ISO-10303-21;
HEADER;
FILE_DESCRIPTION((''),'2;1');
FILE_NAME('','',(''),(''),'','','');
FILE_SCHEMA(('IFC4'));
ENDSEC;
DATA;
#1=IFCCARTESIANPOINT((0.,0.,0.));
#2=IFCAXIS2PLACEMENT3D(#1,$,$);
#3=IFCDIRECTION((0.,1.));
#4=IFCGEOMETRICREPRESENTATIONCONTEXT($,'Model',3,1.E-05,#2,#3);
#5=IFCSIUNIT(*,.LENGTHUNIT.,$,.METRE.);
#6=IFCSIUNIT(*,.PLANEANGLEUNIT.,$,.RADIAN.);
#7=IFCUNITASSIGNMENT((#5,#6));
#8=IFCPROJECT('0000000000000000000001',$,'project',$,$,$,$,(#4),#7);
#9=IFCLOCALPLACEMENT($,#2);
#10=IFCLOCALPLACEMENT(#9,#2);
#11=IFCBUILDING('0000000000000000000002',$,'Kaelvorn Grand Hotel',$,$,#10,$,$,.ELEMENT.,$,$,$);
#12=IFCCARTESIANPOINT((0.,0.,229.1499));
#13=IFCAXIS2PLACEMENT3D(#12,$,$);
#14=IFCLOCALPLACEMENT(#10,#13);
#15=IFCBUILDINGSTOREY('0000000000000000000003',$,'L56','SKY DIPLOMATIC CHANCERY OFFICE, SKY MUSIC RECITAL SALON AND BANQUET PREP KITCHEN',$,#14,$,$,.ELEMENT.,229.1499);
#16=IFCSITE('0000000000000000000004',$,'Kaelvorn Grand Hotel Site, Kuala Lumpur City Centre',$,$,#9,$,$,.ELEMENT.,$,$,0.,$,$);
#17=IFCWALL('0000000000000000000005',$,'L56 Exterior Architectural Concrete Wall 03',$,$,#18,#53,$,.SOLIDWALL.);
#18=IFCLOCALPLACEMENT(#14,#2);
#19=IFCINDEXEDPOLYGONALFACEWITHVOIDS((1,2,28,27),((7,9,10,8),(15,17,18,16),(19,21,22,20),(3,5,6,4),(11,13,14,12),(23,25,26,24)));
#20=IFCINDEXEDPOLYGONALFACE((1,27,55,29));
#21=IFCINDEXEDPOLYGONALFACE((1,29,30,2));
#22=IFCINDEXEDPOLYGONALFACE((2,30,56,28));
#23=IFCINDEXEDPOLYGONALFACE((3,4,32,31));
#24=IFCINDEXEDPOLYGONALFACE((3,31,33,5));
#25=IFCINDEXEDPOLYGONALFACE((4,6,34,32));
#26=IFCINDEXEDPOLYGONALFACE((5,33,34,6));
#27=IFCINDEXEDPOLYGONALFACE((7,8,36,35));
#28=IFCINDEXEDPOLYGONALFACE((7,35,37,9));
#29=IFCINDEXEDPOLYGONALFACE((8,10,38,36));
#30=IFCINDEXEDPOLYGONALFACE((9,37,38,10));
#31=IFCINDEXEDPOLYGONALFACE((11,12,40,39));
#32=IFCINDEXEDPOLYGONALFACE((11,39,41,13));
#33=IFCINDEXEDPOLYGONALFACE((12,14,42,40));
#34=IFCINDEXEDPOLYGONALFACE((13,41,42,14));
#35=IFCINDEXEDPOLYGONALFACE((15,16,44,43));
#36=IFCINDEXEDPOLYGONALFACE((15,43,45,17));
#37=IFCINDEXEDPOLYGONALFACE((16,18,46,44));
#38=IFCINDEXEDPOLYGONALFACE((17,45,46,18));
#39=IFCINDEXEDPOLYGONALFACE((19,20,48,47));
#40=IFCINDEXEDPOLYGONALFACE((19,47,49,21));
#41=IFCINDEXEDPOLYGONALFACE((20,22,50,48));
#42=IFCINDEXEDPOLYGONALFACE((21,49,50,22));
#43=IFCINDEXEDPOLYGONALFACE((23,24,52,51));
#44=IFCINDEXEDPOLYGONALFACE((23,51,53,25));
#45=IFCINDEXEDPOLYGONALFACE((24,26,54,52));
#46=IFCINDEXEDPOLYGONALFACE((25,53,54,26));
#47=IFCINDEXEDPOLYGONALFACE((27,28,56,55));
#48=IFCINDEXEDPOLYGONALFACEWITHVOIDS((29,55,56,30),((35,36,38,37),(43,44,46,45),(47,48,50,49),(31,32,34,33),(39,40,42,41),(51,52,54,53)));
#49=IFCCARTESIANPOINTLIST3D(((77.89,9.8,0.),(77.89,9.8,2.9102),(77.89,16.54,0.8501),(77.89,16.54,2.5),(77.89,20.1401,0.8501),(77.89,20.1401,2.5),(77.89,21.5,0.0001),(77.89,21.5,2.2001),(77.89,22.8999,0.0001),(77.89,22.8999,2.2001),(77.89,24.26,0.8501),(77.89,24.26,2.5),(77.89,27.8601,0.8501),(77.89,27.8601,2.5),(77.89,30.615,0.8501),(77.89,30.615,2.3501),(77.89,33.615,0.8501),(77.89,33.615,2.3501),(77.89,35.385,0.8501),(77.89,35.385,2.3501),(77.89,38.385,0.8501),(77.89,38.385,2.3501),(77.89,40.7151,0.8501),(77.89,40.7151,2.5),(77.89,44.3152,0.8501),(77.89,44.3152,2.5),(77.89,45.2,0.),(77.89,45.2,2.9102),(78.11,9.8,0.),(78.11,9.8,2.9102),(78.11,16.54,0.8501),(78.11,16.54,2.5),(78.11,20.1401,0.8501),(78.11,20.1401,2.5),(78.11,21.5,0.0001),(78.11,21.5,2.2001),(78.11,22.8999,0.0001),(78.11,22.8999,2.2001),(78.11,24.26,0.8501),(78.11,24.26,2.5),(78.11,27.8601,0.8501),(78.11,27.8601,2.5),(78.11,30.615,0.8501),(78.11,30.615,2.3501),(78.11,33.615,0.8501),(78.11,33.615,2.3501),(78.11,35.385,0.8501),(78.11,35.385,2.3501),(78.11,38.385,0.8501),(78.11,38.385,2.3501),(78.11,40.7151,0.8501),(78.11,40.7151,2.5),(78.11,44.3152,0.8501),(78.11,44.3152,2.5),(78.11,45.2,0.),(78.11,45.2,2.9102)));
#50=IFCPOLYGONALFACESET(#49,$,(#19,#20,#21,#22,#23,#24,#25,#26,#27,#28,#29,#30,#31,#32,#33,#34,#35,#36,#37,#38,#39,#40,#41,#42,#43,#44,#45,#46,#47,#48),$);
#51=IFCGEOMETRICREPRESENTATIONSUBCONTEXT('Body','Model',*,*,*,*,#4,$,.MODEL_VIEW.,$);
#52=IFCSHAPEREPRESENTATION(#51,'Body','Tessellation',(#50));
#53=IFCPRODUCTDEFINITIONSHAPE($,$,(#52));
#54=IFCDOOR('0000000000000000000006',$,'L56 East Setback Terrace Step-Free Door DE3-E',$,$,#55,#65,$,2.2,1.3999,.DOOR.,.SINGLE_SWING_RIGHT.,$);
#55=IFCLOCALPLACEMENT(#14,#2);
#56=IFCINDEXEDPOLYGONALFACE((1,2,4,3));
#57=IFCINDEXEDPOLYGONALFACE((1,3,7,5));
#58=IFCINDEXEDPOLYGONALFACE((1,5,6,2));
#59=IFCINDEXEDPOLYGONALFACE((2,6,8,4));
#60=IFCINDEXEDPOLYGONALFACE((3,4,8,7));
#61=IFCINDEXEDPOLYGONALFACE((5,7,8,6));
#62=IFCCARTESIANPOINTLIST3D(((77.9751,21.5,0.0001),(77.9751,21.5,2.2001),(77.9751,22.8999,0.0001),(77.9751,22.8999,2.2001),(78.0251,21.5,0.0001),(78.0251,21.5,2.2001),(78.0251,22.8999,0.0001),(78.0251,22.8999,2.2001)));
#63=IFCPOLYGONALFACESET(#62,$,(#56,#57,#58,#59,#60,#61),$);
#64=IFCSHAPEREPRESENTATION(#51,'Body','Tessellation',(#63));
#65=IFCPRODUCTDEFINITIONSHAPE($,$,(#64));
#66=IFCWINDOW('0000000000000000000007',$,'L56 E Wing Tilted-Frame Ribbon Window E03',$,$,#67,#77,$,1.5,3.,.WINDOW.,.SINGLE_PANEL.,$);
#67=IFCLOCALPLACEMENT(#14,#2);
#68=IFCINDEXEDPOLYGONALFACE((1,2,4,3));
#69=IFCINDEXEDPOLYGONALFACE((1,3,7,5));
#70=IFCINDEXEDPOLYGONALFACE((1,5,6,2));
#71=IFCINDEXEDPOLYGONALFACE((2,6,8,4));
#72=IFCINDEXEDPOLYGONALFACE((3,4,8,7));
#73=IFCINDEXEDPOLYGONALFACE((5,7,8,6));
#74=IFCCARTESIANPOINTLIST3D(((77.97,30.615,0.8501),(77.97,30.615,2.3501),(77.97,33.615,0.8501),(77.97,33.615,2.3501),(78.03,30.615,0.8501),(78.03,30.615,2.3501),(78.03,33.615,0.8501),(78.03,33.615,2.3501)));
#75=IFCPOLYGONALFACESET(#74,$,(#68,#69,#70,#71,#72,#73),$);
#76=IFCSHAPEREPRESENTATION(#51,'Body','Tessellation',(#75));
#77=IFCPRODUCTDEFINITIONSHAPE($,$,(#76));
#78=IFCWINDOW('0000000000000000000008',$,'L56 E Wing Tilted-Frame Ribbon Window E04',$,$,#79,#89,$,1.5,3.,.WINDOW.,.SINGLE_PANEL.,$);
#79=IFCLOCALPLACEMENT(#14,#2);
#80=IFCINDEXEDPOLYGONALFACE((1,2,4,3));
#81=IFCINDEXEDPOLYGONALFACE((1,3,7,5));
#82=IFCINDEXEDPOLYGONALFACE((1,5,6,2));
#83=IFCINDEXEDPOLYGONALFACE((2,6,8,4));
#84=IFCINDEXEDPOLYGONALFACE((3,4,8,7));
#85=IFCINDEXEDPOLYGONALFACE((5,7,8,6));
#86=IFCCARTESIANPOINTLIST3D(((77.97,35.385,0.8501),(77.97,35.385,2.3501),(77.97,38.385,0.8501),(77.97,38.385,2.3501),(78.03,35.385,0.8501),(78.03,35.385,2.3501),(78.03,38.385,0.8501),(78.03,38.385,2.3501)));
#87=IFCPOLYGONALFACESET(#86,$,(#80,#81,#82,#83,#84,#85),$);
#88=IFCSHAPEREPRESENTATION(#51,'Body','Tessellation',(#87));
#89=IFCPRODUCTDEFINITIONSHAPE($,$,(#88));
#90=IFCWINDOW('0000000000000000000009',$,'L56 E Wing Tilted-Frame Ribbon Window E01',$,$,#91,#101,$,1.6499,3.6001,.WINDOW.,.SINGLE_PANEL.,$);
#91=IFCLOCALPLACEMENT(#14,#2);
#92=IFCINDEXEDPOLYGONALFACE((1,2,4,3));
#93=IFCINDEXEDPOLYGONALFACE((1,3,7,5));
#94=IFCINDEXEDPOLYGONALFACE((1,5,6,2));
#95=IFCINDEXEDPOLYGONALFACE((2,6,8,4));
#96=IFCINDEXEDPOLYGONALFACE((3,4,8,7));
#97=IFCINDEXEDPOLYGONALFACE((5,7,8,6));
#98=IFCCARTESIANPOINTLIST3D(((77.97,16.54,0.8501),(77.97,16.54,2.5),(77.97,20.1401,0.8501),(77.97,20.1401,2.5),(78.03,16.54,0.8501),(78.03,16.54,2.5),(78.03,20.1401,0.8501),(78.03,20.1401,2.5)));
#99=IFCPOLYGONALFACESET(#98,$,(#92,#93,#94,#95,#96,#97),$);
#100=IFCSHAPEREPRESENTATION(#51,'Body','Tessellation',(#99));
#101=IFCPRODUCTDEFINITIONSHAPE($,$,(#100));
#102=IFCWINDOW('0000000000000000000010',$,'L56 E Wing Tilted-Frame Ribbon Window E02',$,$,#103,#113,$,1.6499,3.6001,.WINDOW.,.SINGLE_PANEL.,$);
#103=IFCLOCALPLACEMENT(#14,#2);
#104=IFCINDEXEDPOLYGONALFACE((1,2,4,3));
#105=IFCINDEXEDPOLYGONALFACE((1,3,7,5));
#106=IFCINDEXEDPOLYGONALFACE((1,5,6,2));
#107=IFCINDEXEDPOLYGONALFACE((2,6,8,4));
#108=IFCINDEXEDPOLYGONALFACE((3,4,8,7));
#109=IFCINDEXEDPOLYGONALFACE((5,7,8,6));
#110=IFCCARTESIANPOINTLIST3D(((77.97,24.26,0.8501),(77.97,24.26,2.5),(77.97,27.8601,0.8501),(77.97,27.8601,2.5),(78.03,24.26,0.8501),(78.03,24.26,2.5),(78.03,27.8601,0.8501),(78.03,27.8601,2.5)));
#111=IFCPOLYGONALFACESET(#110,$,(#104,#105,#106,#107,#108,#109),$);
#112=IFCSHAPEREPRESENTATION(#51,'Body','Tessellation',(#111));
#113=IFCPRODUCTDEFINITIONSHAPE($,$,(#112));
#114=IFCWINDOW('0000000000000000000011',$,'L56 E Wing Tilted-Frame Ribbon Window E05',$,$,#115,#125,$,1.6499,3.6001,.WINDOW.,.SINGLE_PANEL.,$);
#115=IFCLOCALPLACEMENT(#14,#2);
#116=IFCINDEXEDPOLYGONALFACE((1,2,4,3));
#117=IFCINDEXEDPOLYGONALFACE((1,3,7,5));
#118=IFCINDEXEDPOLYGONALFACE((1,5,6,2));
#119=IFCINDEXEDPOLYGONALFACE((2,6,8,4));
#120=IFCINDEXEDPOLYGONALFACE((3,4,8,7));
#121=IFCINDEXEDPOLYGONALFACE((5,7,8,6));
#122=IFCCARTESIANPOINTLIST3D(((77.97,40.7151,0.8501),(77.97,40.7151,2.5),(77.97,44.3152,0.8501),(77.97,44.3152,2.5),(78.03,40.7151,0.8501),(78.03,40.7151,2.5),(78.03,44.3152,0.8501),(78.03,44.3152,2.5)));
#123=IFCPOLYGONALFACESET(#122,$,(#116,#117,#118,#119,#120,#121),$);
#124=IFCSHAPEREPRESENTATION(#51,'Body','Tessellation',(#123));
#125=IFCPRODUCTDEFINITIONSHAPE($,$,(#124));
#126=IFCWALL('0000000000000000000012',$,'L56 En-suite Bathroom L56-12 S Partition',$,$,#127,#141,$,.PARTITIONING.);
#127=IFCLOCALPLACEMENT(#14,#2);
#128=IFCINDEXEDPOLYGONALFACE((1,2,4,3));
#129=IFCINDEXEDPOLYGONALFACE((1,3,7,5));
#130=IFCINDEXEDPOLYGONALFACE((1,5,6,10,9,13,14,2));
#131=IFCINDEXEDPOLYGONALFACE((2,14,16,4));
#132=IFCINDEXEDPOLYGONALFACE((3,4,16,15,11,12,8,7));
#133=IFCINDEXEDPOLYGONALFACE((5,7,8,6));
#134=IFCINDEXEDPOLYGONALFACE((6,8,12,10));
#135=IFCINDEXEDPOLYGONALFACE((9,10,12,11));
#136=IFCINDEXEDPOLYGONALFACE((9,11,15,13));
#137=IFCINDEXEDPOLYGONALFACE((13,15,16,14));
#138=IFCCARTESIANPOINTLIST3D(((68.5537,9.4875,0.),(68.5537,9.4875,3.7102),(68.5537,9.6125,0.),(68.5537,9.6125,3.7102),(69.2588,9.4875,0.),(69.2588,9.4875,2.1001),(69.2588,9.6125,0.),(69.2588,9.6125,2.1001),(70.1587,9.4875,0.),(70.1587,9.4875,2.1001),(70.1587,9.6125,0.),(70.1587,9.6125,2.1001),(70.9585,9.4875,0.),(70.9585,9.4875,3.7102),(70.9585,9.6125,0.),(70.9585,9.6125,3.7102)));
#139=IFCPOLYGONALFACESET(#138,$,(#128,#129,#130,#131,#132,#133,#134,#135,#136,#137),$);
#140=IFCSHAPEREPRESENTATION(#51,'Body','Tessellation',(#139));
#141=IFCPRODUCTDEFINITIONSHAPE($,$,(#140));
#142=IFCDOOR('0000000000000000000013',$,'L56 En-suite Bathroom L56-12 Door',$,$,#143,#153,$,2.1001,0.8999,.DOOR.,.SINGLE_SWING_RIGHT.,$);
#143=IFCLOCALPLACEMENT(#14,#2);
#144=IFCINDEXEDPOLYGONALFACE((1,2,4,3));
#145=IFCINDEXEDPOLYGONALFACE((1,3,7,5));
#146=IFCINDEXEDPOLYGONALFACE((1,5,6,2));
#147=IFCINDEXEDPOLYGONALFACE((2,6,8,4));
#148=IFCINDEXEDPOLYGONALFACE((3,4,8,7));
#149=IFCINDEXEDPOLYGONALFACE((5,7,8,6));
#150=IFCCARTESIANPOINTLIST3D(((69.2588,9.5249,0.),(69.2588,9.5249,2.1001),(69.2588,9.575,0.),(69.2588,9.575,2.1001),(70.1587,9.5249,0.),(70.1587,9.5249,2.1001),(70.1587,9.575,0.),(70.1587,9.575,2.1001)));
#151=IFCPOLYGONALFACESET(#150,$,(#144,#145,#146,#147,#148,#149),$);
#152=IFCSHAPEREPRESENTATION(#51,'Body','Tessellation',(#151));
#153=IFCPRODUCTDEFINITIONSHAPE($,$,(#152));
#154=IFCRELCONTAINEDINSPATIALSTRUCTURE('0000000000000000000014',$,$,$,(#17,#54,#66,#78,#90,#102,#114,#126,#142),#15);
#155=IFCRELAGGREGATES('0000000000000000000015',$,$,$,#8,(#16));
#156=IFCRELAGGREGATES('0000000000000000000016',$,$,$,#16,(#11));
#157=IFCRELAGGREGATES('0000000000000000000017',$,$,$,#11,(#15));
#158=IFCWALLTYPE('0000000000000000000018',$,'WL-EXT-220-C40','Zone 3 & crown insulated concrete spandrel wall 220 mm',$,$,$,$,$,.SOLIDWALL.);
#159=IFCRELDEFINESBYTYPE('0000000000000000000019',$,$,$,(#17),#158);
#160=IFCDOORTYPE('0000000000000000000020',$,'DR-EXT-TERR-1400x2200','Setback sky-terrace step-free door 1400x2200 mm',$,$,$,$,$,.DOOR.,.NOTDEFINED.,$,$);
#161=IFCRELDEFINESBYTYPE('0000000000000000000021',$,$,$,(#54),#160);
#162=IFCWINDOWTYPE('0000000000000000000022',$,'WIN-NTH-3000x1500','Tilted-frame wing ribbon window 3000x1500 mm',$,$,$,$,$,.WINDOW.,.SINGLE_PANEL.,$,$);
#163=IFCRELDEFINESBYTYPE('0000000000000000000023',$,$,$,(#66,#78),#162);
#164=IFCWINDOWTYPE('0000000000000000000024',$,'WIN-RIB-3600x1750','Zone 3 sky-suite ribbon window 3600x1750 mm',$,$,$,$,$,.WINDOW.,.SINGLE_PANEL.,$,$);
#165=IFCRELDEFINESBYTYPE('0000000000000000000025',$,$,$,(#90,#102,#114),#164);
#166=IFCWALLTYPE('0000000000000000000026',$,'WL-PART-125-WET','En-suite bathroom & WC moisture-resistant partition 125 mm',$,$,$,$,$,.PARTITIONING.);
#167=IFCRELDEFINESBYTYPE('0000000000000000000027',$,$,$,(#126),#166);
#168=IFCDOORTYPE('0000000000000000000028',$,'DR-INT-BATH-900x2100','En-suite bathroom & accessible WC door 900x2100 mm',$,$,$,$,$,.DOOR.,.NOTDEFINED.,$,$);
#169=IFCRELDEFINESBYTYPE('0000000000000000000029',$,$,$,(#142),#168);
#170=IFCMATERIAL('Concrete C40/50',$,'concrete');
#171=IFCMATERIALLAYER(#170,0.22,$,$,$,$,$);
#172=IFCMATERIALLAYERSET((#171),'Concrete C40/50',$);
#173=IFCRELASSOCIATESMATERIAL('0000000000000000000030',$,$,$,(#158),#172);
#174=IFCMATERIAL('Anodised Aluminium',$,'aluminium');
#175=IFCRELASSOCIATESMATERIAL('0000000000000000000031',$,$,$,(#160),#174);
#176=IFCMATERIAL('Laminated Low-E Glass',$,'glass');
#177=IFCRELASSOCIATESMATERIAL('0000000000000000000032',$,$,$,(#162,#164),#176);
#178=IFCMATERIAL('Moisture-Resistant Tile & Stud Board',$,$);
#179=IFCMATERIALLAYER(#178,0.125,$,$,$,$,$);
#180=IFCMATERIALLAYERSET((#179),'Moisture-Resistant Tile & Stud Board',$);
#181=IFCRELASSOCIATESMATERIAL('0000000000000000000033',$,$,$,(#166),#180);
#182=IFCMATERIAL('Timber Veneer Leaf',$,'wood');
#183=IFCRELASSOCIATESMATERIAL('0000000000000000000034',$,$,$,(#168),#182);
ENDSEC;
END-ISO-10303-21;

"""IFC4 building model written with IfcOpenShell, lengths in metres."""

from ifc_helpers import new_model, si_unit, direction, frame, frame_2d, origin, place, context, subcontext, project, spatial, rectangle, extrude, material, layer, layer_set, type_object, element, fill, save


model = new_model("IFC4")

# Units and contexts
model_context = context("Model", 3, precision=1e-05, world=origin(), true_north=direction((0.0, 1.0)))
body_context = subcontext(model_context, "Body", "Model", "MODEL_VIEW")
ifc_project = project(units=[si_unit("LENGTHUNIT", "METRE"), si_unit("PLANEANGLEUNIT", "RADIAN")], contexts=[model_context])

# Site, building, storey
site_placement = place(None, origin())
site = spatial("IfcSite", under=ifc_project, at=site_placement, Name="Kaelvorn Grand Hotel Site, Kuala Lumpur City Centre", CompositionType="ELEMENT", RefElevation=0.0)
building_placement = place(site_placement, origin())
building = spatial("IfcBuilding", under=site, at=building_placement, Name="Kaelvorn Grand Hotel", CompositionType="ELEMENT")
storey_placement = place(building_placement, frame((0.0, 0.0, 229.1499)))
storey = spatial("IfcBuildingStorey", under=building, at=storey_placement, Name="L56", Description="SKY DIPLOMATIC CHANCERY OFFICE, SKY MUSIC RECITAL SALON AND BANQUET PREP KITCHEN", CompositionType="ELEMENT", Elevation=229.1499)

# Shared definitions
ifc_material_1 = material(Name="Concrete C40/50", Category="concrete")
ifc_layer_1 = layer(ifc_material_1, 0.22)
ifc_layer_set_1 = layer_set([ifc_layer_1], Name="Concrete C40/50")
wall_type_1 = type_object("IfcWallType", Name="WL-EXT-220-C40", Description="Zone 3 & crown insulated concrete spandrel wall 220 mm", PredefinedType="SOLIDWALL", material=ifc_layer_set_1)
ifc_material_2 = material(Name="Laminated Low-E Glass", Category="glass")

# Wall, openings, door, windows
wall_1_placement = place(storey_placement, frame((78.0, 9.8, 0.0), z_axis=(0.0, 0.0, 1.0), x_axis=(0.0, 1.0, 0.0)))
wall_1 = element("IfcWall", 1, at=wall_1_placement, inside=storey, type_object=wall_type_1, Name="L56 Exterior Architectural Concrete Wall 03", PredefinedType="SOLIDWALL", context=body_context, shape_type="SweptSolid", body=[
    extrude(rectangle(XDim=35.3999, YDim=0.22, at=frame_2d((17.7, 0.0))), origin(), (0.0, 0.0, 1.0), 2.9102),
])
opening_1_placement = place(wall_1_placement, frame((11.7, 0.0, 0.0)))
opening_1 = element("IfcOpeningElement", 2, at=opening_1_placement, cuts=wall_1, PredefinedType="OPENING", context=body_context, shape_type="SweptSolid", body=[
    extrude(rectangle(XDim=1.3999, YDim=2.2, at=frame_2d((0.7, 1.1001))), frame((0.0, 0.1201, 0.0), z_axis=(0.0, -1.0, 0.0), x_axis=(1.0, 0.0, 0.0)), (0.0, 0.0, 1.0), 0.24),
])
opening_2_placement = place(wall_1_placement, frame((6.74, 0.0, 0.8501)))
opening_2 = element("IfcOpeningElement", 3, at=opening_2_placement, cuts=wall_1, PredefinedType="OPENING", context=body_context, shape_type="SweptSolid", body=[
    extrude(rectangle(XDim=3.6001, YDim=1.6499, at=frame_2d((1.8, 0.825))), frame((0.0, 0.1201, 0.0), z_axis=(0.0, -1.0, 0.0), x_axis=(1.0, 0.0, 0.0)), (0.0, 0.0, 1.0), 0.24),
])
opening_3_placement = place(wall_1_placement, frame((14.46, 0.0, 0.8501)))
opening_3 = element("IfcOpeningElement", 4, at=opening_3_placement, cuts=wall_1, PredefinedType="OPENING", context=body_context, shape_type="SweptSolid", body=[
    extrude(rectangle(XDim=3.6001, YDim=1.6499, at=frame_2d((1.8, 0.825))), frame((0.0, 0.1201, 0.0), z_axis=(0.0, -1.0, 0.0), x_axis=(1.0, 0.0, 0.0)), (0.0, 0.0, 1.0), 0.24),
])
opening_4_placement = place(wall_1_placement, frame((20.8149, 0.0, 0.8501)))
opening_4 = element("IfcOpeningElement", 5, at=opening_4_placement, cuts=wall_1, PredefinedType="OPENING", context=body_context, shape_type="SweptSolid", body=[
    extrude(rectangle(XDim=3.0, YDim=1.5, at=frame_2d((1.5, 0.75))), frame((0.0, 0.1201, 0.0), z_axis=(0.0, -1.0, 0.0), x_axis=(1.0, 0.0, 0.0)), (0.0, 0.0, 1.0), 0.24),
])
opening_5_placement = place(wall_1_placement, frame((25.585, 0.0, 0.8501)))
opening_5 = element("IfcOpeningElement", 6, at=opening_5_placement, cuts=wall_1, PredefinedType="OPENING", context=body_context, shape_type="SweptSolid", body=[
    extrude(rectangle(XDim=3.0, YDim=1.5, at=frame_2d((1.5, 0.75))), frame((0.0, 0.1201, 0.0), z_axis=(0.0, -1.0, 0.0), x_axis=(1.0, 0.0, 0.0)), (0.0, 0.0, 1.0), 0.24),
])
opening_6_placement = place(wall_1_placement, frame((30.915, 0.0, 0.8501)))
opening_6 = element("IfcOpeningElement", 7, at=opening_6_placement, cuts=wall_1, PredefinedType="OPENING", context=body_context, shape_type="SweptSolid", body=[
    extrude(rectangle(XDim=3.6001, YDim=1.6499, at=frame_2d((1.8, 0.825))), frame((0.0, 0.1201, 0.0), z_axis=(0.0, -1.0, 0.0), x_axis=(1.0, 0.0, 0.0)), (0.0, 0.0, 1.0), 0.24),
])
ifc_material_3 = material(Name="Anodised Aluminium", Category="aluminium")
door_type_1 = type_object("IfcDoorType", Name="DR-EXT-TERR-1400x2200", Description="Setback sky-terrace step-free door 1400x2200 mm", OperationType="NOTDEFINED", PredefinedType="DOOR", material=ifc_material_3)
door_1_placement = place(opening_1_placement, origin())
door_1 = element("IfcDoor", 8, at=door_1_placement, inside=storey, type_object=door_type_1, Name="L56 East Setback Terrace Step-Free Door DE3-E", OperationType="SINGLE_SWING_RIGHT", OverallHeight=2.2, OverallWidth=1.3999, PredefinedType="DOOR", context=body_context, shape_type="SweptSolid", body=[
    extrude(rectangle(XDim=1.3999, YDim=2.2, at=frame_2d((0.7, 1.1001))), frame((0.0, 0.0249, 0.0), z_axis=(0.0, -1.0, 0.0), x_axis=(1.0, 0.0, 0.0)), (0.0, 0.0, 1.0), 0.05),
])
fill(opening_1, door_1)
window_type_1 = type_object("IfcWindowType", Name="WIN-NTH-3000x1500", Description="Tilted-frame wing ribbon window 3000x1500 mm", PartitioningType="SINGLE_PANEL", PredefinedType="WINDOW", material=ifc_material_2)
window_1_placement = place(opening_4_placement, origin())
window_1 = element("IfcWindow", 9, at=window_1_placement, inside=storey, type_object=window_type_1, Name="L56 E Wing Tilted-Frame Ribbon Window E03", OverallHeight=1.5, OverallWidth=3.0, PartitioningType="SINGLE_PANEL", PredefinedType="WINDOW", context=body_context, shape_type="SweptSolid", body=[
    extrude(rectangle(XDim=3.0, YDim=1.5, at=frame_2d((1.5, 0.75))), frame((0.0, 0.03, 0.0), z_axis=(0.0, -1.0, 0.0), x_axis=(1.0, 0.0, 0.0)), (0.0, 0.0, 1.0), 0.0601),
])
fill(opening_4, window_1)
window_2_placement = place(opening_5_placement, origin())
window_2 = element("IfcWindow", 10, at=window_2_placement, inside=storey, type_object=window_type_1, Name="L56 E Wing Tilted-Frame Ribbon Window E04", OverallHeight=1.5, OverallWidth=3.0, PartitioningType="SINGLE_PANEL", PredefinedType="WINDOW", context=body_context, shape_type="SweptSolid", body=[
    extrude(rectangle(XDim=3.0, YDim=1.5, at=frame_2d((1.5, 0.75))), frame((0.0, 0.03, 0.0), z_axis=(0.0, -1.0, 0.0), x_axis=(1.0, 0.0, 0.0)), (0.0, 0.0, 1.0), 0.0601),
])
fill(opening_5, window_2)
window_type_2 = type_object("IfcWindowType", Name="WIN-RIB-3600x1750", Description="Zone 3 sky-suite ribbon window 3600x1750 mm", PartitioningType="SINGLE_PANEL", PredefinedType="WINDOW", material=ifc_material_2)
window_3_placement = place(opening_2_placement, origin())
window_3 = element("IfcWindow", 11, at=window_3_placement, inside=storey, type_object=window_type_2, Name="L56 E Wing Tilted-Frame Ribbon Window E01", OverallHeight=1.6499, OverallWidth=3.6001, PartitioningType="SINGLE_PANEL", PredefinedType="WINDOW", context=body_context, shape_type="SweptSolid", body=[
    extrude(rectangle(XDim=3.6001, YDim=1.6499, at=frame_2d((1.8, 0.825))), frame((0.0, 0.03, 0.0), z_axis=(0.0, -1.0, 0.0), x_axis=(1.0, 0.0, 0.0)), (0.0, 0.0, 1.0), 0.0601),
])
fill(opening_2, window_3)
window_4_placement = place(opening_3_placement, origin())
window_4 = element("IfcWindow", 12, at=window_4_placement, inside=storey, type_object=window_type_2, Name="L56 E Wing Tilted-Frame Ribbon Window E02", OverallHeight=1.6499, OverallWidth=3.6001, PartitioningType="SINGLE_PANEL", PredefinedType="WINDOW", context=body_context, shape_type="SweptSolid", body=[
    extrude(rectangle(XDim=3.6001, YDim=1.6499, at=frame_2d((1.8, 0.825))), frame((0.0, 0.03, 0.0), z_axis=(0.0, -1.0, 0.0), x_axis=(1.0, 0.0, 0.0)), (0.0, 0.0, 1.0), 0.0601),
])
fill(opening_3, window_4)
window_5_placement = place(opening_6_placement, origin())
window_5 = element("IfcWindow", 13, at=window_5_placement, inside=storey, type_object=window_type_2, Name="L56 E Wing Tilted-Frame Ribbon Window E05", OverallHeight=1.6499, OverallWidth=3.6001, PartitioningType="SINGLE_PANEL", PredefinedType="WINDOW", context=body_context, shape_type="SweptSolid", body=[
    extrude(rectangle(XDim=3.6001, YDim=1.6499, at=frame_2d((1.8, 0.825))), frame((0.0, 0.03, 0.0), z_axis=(0.0, -1.0, 0.0), x_axis=(1.0, 0.0, 0.0)), (0.0, 0.0, 1.0), 0.0601),
])
fill(opening_6, window_5)

# Wall, opening, door
ifc_material_4 = material(Name="Moisture-Resistant Tile & Stud Board")
ifc_layer_2 = layer(ifc_material_4, 0.125)
ifc_layer_set_2 = layer_set([ifc_layer_2], Name="Moisture-Resistant Tile & Stud Board")
wall_type_2 = type_object("IfcWallType", Name="WL-PART-125-WET", Description="En-suite bathroom & WC moisture-resistant partition 125 mm", PredefinedType="PARTITIONING", material=ifc_layer_set_2)
wall_2_placement = place(storey_placement, frame((68.5537, 9.55, 0.0), z_axis=(0.0, 0.0, 1.0), x_axis=(1.0, 0.0, 0.0)))
wall_2 = element("IfcWall", 14, at=wall_2_placement, inside=storey, type_object=wall_type_2, Name="L56 En-suite Bathroom L56-12 S Partition", PredefinedType="PARTITIONING", context=body_context, shape_type="SweptSolid", body=[
    extrude(rectangle(XDim=2.4048, YDim=0.125, at=frame_2d((1.2024, 0.0))), origin(), (0.0, 0.0, 1.0), 3.7102),
])
opening_7_placement = place(wall_2_placement, frame((0.7051, 0.0, 0.0)))
opening_7 = element("IfcOpeningElement", 15, at=opening_7_placement, cuts=wall_2, PredefinedType="OPENING", context=body_context, shape_type="SweptSolid", body=[
    extrude(rectangle(XDim=0.8999, YDim=2.1001, at=frame_2d((0.45, 1.05))), frame((0.0, 0.0725, 0.0), z_axis=(0.0, -1.0, 0.0), x_axis=(1.0, 0.0, 0.0)), (0.0, 0.0, 1.0), 0.145),
])
ifc_material_5 = material(Name="Timber Veneer Leaf", Category="wood")
door_type_2 = type_object("IfcDoorType", Name="DR-INT-BATH-900x2100", Description="En-suite bathroom & accessible WC door 900x2100 mm", OperationType="NOTDEFINED", PredefinedType="DOOR", material=ifc_material_5)
door_2_placement = place(opening_7_placement, origin())
door_2 = element("IfcDoor", 16, at=door_2_placement, inside=storey, type_object=door_type_2, Name="L56 En-suite Bathroom L56-12 Door", OperationType="SINGLE_SWING_RIGHT", OverallHeight=2.1001, OverallWidth=0.8999, PredefinedType="DOOR", context=body_context, shape_type="SweptSolid", body=[
    extrude(rectangle(XDim=0.8999, YDim=2.1001, at=frame_2d((0.45, 1.05))), frame((0.0, 0.0249, 0.0), z_axis=(0.0, -1.0, 0.0), x_axis=(1.0, 0.0, 0.0)), (0.0, 0.0, 1.0), 0.05),
])
fill(opening_7, door_2)

save(model, "model.ifc")
